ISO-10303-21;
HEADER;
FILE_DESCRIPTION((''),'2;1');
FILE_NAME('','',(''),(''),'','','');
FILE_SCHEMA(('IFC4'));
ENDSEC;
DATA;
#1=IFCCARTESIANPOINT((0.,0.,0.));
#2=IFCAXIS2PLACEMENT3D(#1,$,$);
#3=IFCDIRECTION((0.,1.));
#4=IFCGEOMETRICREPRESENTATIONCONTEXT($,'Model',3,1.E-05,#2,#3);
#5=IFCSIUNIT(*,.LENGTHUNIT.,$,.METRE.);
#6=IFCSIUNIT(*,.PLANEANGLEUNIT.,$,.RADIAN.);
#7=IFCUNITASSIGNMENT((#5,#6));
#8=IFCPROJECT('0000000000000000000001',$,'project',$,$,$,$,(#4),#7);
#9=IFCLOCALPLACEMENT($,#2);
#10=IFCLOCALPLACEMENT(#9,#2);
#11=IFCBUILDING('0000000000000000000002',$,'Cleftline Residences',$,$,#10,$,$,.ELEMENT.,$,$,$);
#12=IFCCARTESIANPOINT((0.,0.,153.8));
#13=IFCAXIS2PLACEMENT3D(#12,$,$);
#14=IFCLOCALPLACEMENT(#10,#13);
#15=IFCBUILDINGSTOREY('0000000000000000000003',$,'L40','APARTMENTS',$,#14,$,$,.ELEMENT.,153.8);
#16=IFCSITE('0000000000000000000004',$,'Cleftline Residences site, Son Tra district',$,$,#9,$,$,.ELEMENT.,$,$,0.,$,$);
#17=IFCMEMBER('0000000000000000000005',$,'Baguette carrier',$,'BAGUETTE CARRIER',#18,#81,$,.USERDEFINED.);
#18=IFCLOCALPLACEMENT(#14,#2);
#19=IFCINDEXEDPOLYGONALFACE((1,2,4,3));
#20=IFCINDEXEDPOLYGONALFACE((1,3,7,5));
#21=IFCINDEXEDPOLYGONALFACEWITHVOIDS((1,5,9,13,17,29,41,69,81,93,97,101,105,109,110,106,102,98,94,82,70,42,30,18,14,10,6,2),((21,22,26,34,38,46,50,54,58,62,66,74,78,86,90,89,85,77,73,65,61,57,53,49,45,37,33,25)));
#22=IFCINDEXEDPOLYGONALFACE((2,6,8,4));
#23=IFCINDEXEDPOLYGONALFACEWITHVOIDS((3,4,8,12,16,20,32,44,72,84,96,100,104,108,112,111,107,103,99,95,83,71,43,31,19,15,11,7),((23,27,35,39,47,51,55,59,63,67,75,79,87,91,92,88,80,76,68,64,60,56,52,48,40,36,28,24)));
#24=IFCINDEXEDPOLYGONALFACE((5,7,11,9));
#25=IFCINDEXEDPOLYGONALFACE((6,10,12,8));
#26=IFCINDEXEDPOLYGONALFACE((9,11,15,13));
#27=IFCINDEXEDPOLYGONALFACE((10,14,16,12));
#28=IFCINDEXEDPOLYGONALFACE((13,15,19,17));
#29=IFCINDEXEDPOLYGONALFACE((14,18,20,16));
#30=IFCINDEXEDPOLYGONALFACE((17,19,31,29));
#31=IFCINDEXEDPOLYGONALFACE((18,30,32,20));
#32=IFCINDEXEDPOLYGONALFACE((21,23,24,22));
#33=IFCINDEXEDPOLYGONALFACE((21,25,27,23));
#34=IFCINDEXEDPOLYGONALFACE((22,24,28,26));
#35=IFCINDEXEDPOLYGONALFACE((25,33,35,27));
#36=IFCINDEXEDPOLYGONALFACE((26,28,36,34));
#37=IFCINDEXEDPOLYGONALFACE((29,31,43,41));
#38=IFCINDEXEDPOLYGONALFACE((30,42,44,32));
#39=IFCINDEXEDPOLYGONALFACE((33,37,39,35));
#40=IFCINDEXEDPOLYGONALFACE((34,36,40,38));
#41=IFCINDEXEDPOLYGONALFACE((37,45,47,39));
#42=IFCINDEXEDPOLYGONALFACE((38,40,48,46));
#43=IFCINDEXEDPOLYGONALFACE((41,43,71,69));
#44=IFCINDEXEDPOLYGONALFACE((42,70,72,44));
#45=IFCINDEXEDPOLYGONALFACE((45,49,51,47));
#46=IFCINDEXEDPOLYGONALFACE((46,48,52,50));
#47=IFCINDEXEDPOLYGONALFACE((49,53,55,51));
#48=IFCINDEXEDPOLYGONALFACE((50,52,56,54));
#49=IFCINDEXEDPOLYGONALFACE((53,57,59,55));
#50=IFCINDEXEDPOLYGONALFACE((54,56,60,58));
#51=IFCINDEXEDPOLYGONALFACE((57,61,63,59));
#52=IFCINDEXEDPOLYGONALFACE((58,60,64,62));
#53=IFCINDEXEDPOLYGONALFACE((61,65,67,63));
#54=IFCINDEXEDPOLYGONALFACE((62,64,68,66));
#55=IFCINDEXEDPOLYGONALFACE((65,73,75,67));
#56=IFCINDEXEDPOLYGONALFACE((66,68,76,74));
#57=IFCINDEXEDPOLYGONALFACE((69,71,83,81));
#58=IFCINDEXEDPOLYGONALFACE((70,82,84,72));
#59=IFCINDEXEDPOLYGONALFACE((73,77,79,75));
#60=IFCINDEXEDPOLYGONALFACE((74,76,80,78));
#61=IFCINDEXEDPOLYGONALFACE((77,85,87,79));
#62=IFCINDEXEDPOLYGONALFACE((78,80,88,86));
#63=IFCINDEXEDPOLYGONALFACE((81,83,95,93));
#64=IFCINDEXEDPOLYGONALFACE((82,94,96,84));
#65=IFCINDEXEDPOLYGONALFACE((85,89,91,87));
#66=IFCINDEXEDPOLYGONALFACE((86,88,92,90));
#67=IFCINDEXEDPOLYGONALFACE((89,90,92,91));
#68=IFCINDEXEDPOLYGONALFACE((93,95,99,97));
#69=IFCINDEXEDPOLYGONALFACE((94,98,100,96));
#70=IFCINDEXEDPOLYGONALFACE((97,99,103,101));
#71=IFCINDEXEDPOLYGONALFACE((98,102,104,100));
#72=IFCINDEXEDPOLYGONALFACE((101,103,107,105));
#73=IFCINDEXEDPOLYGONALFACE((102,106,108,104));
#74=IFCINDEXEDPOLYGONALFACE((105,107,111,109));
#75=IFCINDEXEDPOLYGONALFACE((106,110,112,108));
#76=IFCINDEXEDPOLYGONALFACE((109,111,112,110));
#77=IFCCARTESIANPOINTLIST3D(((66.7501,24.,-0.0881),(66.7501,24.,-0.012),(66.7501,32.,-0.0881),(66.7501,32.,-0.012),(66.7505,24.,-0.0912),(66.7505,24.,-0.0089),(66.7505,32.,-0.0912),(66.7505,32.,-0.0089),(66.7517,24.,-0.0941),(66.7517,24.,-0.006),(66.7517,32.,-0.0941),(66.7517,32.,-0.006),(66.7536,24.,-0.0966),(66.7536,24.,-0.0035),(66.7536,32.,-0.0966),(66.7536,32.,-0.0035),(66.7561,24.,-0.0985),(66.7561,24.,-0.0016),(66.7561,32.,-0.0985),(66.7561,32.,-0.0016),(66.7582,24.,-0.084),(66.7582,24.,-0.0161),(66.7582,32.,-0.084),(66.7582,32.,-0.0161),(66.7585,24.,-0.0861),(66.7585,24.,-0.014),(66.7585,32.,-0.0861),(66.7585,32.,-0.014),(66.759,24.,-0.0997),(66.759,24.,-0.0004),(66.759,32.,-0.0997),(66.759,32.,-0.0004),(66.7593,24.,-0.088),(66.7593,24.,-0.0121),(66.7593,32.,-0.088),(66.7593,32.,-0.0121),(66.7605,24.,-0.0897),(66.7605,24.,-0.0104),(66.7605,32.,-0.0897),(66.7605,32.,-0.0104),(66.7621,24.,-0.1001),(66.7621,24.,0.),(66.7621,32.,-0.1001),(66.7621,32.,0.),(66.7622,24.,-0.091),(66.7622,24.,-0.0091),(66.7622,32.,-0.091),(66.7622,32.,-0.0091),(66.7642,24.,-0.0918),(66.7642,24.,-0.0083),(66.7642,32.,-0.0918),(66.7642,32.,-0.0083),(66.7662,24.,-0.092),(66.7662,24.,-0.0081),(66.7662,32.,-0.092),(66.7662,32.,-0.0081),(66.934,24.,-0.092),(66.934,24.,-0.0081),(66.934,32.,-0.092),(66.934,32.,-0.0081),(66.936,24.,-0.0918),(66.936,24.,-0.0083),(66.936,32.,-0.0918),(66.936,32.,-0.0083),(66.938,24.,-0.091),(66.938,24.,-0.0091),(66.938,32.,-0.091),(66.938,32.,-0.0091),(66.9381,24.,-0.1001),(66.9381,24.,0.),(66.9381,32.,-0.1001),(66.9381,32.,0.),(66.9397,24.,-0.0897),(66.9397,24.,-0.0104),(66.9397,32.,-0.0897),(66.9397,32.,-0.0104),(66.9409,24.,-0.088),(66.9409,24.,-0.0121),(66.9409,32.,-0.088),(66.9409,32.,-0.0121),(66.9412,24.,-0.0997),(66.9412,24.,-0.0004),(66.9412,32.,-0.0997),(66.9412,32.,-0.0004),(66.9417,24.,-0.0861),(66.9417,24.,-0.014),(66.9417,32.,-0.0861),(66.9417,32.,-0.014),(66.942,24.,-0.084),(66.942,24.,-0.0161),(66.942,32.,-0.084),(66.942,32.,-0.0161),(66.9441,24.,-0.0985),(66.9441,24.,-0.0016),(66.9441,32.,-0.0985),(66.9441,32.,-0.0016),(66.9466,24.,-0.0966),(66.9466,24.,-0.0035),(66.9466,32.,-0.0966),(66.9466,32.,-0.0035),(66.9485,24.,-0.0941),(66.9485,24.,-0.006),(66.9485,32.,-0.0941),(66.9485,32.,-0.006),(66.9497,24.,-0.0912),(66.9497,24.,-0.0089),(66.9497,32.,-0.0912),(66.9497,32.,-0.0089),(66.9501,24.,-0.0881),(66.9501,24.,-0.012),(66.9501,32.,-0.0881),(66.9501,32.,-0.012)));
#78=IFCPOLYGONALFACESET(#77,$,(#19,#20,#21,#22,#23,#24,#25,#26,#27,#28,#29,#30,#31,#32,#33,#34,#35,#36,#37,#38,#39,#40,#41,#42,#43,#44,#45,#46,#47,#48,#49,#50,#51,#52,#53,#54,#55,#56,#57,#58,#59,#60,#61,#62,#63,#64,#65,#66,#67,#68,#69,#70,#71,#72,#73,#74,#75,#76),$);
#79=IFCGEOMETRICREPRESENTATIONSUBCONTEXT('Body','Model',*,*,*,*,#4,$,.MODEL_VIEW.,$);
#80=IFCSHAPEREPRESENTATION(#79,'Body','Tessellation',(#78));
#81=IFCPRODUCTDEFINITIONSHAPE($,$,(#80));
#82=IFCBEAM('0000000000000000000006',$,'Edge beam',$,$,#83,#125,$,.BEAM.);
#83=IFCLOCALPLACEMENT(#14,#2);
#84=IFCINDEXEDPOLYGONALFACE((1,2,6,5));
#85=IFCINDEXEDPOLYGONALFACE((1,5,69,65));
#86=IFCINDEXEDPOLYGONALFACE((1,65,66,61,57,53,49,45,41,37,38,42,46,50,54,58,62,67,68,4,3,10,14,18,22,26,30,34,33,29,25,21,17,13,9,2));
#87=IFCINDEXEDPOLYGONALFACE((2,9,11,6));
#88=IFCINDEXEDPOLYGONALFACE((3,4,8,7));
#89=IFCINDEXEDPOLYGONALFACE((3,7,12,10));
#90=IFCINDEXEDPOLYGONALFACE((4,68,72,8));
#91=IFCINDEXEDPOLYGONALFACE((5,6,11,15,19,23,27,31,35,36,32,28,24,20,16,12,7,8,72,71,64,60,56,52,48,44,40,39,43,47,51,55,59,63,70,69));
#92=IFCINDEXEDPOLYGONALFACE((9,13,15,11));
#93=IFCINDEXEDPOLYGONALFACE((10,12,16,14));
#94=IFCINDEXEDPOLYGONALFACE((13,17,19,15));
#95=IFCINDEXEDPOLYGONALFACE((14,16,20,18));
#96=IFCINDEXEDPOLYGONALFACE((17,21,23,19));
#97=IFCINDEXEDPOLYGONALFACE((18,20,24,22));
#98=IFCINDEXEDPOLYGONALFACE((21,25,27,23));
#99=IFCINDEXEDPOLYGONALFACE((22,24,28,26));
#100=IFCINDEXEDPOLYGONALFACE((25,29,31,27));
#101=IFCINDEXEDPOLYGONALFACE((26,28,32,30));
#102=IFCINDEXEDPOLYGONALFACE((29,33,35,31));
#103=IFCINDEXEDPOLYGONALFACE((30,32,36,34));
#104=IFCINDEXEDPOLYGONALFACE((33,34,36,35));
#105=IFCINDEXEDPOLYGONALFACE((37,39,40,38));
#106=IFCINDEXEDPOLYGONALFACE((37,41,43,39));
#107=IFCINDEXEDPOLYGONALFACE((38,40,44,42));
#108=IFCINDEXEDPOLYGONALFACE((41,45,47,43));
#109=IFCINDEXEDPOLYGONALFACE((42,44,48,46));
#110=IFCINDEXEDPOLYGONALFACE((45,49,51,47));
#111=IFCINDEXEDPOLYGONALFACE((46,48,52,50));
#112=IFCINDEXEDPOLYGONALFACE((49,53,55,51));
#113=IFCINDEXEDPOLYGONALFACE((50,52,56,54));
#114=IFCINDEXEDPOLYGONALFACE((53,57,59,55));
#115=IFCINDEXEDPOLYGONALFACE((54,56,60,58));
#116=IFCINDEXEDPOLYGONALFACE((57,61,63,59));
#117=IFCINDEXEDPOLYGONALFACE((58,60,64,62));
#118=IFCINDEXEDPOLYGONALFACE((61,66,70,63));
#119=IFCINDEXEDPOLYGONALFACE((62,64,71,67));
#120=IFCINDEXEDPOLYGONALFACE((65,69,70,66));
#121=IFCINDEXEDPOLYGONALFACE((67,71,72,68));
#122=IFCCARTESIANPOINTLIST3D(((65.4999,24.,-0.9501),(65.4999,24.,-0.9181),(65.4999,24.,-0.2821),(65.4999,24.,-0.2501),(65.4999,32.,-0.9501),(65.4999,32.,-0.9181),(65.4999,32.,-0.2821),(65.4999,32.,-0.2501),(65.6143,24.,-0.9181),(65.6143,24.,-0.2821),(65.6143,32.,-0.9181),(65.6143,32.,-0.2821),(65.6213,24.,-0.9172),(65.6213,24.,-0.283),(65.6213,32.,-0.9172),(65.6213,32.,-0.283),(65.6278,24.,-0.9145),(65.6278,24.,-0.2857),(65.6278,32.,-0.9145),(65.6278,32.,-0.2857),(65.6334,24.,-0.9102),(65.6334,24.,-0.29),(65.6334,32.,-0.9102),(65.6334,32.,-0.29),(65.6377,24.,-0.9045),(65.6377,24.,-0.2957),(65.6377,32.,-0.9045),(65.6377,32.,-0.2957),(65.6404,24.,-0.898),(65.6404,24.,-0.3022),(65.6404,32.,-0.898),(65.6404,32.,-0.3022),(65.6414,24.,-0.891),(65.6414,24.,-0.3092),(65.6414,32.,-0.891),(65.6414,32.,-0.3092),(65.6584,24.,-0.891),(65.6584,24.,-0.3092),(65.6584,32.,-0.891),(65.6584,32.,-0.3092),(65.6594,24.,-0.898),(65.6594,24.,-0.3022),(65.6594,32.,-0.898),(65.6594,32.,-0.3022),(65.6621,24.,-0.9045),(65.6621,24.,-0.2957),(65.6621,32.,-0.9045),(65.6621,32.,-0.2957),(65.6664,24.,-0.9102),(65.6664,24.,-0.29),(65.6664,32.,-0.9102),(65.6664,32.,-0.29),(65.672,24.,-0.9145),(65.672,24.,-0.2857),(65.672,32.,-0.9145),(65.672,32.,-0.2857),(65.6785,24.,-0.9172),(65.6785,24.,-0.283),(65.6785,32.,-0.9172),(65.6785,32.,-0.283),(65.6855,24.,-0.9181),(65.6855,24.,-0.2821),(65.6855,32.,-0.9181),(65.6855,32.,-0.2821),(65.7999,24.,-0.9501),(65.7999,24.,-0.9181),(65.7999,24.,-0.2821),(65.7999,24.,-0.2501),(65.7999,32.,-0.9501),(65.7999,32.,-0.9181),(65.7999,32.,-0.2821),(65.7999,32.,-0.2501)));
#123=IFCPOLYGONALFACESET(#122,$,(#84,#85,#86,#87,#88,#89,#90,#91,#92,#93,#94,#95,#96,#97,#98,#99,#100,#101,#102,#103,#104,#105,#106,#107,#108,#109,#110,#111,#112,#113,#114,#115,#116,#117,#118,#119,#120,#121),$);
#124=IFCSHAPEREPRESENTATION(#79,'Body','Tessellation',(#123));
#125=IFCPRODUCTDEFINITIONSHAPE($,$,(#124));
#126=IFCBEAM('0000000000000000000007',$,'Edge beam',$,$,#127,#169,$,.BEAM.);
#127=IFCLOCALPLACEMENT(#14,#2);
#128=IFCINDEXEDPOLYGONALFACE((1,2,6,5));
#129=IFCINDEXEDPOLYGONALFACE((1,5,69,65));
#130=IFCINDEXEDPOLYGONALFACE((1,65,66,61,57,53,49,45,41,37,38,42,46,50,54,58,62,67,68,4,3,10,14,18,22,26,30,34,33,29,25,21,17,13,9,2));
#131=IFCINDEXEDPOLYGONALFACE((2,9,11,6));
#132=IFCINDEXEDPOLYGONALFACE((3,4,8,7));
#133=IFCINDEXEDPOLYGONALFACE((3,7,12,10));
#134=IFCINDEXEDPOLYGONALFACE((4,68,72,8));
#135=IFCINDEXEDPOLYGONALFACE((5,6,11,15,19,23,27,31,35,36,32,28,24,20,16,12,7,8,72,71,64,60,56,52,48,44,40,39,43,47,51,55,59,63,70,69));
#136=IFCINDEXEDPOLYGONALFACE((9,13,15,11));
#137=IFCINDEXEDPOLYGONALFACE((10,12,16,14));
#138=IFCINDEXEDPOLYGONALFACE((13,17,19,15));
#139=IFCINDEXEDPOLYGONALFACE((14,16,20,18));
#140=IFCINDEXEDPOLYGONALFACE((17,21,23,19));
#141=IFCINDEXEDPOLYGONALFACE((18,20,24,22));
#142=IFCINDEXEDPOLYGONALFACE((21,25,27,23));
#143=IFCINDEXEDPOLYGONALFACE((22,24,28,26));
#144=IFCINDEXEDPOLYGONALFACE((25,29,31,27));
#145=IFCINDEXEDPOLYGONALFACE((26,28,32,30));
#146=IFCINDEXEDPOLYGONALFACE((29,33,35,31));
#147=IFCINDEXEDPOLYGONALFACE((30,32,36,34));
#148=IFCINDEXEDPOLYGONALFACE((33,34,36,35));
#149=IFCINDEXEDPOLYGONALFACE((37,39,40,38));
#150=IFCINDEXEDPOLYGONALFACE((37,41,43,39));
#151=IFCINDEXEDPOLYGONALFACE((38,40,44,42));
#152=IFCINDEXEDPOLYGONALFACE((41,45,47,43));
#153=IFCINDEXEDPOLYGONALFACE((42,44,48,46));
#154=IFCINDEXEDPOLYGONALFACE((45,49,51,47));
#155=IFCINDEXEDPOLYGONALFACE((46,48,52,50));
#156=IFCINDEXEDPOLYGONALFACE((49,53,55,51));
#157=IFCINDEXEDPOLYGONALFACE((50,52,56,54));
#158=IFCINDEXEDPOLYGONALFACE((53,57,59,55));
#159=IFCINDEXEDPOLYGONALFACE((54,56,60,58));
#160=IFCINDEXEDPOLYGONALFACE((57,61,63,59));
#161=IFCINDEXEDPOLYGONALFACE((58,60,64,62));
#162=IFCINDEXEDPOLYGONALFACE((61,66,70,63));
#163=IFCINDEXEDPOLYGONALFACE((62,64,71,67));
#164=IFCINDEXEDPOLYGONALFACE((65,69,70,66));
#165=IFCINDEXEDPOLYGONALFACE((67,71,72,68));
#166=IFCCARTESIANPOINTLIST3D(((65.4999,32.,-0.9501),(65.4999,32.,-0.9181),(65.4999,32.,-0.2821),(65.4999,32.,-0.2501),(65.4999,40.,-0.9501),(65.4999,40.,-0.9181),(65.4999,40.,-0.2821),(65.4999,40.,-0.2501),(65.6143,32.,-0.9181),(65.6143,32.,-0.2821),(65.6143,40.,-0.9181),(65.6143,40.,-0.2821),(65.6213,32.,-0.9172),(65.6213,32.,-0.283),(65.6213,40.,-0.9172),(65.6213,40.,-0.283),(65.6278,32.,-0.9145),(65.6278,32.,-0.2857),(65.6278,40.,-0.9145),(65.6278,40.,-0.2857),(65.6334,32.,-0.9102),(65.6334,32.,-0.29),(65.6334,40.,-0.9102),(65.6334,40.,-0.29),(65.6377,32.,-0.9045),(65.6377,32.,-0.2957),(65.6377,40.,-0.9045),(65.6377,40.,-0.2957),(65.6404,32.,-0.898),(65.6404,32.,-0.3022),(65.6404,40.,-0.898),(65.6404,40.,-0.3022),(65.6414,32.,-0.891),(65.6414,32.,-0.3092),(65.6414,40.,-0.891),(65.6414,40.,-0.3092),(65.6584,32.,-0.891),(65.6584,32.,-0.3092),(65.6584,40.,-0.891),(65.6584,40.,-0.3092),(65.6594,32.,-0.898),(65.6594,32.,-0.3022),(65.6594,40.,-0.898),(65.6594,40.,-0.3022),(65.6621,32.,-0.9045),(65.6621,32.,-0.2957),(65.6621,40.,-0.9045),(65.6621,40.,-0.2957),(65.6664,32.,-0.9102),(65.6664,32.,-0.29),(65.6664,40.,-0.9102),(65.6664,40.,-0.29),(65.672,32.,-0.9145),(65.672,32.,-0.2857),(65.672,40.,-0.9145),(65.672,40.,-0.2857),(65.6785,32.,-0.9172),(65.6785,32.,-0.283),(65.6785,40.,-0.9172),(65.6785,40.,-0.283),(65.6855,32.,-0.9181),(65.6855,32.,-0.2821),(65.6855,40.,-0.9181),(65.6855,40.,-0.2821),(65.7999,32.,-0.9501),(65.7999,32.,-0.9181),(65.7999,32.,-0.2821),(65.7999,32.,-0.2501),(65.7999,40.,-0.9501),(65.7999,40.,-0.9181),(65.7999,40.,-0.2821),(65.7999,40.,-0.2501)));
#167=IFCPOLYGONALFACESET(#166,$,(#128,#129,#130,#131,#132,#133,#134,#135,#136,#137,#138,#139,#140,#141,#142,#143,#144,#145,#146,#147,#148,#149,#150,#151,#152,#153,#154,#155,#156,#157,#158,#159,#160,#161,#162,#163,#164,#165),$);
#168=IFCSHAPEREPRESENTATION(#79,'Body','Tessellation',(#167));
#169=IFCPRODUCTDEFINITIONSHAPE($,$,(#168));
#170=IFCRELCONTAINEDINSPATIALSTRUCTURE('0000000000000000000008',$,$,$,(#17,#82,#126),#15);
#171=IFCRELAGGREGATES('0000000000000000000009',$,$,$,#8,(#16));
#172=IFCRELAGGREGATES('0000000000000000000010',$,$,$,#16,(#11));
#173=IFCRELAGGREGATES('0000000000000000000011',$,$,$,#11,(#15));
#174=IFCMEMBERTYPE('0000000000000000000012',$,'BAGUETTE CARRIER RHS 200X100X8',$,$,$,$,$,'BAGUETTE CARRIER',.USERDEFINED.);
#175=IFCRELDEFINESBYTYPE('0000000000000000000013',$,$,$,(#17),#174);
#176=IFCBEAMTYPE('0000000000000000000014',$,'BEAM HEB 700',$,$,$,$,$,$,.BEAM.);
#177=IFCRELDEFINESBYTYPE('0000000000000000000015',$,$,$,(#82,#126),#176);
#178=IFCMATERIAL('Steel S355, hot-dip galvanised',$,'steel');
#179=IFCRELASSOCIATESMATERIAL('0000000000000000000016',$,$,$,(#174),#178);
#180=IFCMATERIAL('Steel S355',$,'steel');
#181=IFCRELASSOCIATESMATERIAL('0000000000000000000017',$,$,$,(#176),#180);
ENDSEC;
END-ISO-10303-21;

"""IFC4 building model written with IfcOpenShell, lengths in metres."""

from ifc_helpers import new_model, si_unit, direction, frame, origin, origin_2d, place, context, subcontext, project, spatial, hollow_rectangle, i_section, extrude, material, material_profile, profile_set, type_object, element, save


model = new_model("IFC4")

# Units and contexts
model_context = context("Model", 3, precision=1e-05, world=origin(), true_north=direction((0.0, 1.0)))
body_context = subcontext(model_context, "Body", "Model", "MODEL_VIEW")
ifc_project = project(units=[si_unit("LENGTHUNIT", "METRE"), si_unit("PLANEANGLEUNIT", "RADIAN")], contexts=[model_context])

# Site, building, storey
site_placement = place(None, origin())
site = spatial("IfcSite", under=ifc_project, at=site_placement, Name="Cleftline Residences site, Son Tra district", CompositionType="ELEMENT", RefElevation=0.0)
building_placement = place(site_placement, origin())
building = spatial("IfcBuilding", under=site, at=building_placement, Name="Cleftline Residences", CompositionType="ELEMENT")
storey_placement = place(building_placement, frame((0.0, 0.0, 153.8)))
storey = spatial("IfcBuildingStorey", under=building, at=storey_placement, Name="L40", Description="APARTMENTS", CompositionType="ELEMENT", Elevation=153.8)

# Member
ifc_material_1 = material(Name="Steel S355, hot-dip galvanised", Category="steel")
ifc_material_profile_1 = material_profile(ifc_material_1, hollow_rectangle(XDim=0.1001, YDim=0.2, WallThickness=0.0081, InnerFilletRadius=0.0081, OuterFilletRadius=0.012, at=origin_2d()))
ifc_profile_set_1 = profile_set([ifc_material_profile_1], Name="Steel S355, hot-dip galvanised")
member_type_1 = type_object("IfcMemberType", Name="BAGUETTE CARRIER RHS 200X100X8", ElementType="BAGUETTE CARRIER", PredefinedType="USERDEFINED", material=ifc_profile_set_1)
member_1_placement = place(storey_placement, frame((66.8501, 24.0, -0.05), z_axis=(0.0, 1.0, 0.0), x_axis=(0.0, 0.0, 1.0)))
element("IfcMember", 1, at=member_1_placement, inside=storey, type_object=member_type_1, Name="Baguette carrier", ObjectType="BAGUETTE CARRIER", PredefinedType="USERDEFINED", context=body_context, shape_type="SweptSolid", body=[
    extrude(hollow_rectangle(XDim=0.1001, YDim=0.2, WallThickness=0.0081, InnerFilletRadius=0.0081, OuterFilletRadius=0.012, at=origin_2d()), origin(), (0.0, 0.0, 1.0), 8.0),
])

# Beams
ifc_material_2 = material(Name="Steel S355", Category="steel")
ifc_material_profile_2 = material_profile(ifc_material_2, i_section(OverallWidth=0.3, OverallDepth=0.7, WebThickness=0.0171, FlangeThickness=0.032, FilletRadius=0.0271, at=origin_2d()))
ifc_profile_set_2 = profile_set([ifc_material_profile_2], Name="Steel S355")
beam_type_1 = type_object("IfcBeamType", Name="BEAM HEB 700", PredefinedType="BEAM", material=ifc_profile_set_2)
for number, where, z_axis, x_axis, name in (
    (2, (65.6499, 24.0, -0.6001), (0.0, 1.0, 0.0), (-1.0, 0.0, 0.0), "Edge beam"),
    (3, (65.6499, 32.0, -0.6001), (0.0, 1.0, 0.0), (-1.0, 0.0, 0.0), "Edge beam"),
):
    element("IfcBeam", number, at=place(storey_placement, frame(where, z_axis=z_axis, x_axis=x_axis)), inside=storey, type_object=beam_type_1, Name=name, PredefinedType="BEAM", context=body_context, shape_type="SweptSolid", body=[
        extrude(i_section(OverallWidth=0.3, OverallDepth=0.7, WebThickness=0.0171, FlangeThickness=0.032, FilletRadius=0.0271, at=origin_2d()), origin(), (0.0, 0.0, 1.0), 8.0),
    ])

save(model, "model.ifc")
